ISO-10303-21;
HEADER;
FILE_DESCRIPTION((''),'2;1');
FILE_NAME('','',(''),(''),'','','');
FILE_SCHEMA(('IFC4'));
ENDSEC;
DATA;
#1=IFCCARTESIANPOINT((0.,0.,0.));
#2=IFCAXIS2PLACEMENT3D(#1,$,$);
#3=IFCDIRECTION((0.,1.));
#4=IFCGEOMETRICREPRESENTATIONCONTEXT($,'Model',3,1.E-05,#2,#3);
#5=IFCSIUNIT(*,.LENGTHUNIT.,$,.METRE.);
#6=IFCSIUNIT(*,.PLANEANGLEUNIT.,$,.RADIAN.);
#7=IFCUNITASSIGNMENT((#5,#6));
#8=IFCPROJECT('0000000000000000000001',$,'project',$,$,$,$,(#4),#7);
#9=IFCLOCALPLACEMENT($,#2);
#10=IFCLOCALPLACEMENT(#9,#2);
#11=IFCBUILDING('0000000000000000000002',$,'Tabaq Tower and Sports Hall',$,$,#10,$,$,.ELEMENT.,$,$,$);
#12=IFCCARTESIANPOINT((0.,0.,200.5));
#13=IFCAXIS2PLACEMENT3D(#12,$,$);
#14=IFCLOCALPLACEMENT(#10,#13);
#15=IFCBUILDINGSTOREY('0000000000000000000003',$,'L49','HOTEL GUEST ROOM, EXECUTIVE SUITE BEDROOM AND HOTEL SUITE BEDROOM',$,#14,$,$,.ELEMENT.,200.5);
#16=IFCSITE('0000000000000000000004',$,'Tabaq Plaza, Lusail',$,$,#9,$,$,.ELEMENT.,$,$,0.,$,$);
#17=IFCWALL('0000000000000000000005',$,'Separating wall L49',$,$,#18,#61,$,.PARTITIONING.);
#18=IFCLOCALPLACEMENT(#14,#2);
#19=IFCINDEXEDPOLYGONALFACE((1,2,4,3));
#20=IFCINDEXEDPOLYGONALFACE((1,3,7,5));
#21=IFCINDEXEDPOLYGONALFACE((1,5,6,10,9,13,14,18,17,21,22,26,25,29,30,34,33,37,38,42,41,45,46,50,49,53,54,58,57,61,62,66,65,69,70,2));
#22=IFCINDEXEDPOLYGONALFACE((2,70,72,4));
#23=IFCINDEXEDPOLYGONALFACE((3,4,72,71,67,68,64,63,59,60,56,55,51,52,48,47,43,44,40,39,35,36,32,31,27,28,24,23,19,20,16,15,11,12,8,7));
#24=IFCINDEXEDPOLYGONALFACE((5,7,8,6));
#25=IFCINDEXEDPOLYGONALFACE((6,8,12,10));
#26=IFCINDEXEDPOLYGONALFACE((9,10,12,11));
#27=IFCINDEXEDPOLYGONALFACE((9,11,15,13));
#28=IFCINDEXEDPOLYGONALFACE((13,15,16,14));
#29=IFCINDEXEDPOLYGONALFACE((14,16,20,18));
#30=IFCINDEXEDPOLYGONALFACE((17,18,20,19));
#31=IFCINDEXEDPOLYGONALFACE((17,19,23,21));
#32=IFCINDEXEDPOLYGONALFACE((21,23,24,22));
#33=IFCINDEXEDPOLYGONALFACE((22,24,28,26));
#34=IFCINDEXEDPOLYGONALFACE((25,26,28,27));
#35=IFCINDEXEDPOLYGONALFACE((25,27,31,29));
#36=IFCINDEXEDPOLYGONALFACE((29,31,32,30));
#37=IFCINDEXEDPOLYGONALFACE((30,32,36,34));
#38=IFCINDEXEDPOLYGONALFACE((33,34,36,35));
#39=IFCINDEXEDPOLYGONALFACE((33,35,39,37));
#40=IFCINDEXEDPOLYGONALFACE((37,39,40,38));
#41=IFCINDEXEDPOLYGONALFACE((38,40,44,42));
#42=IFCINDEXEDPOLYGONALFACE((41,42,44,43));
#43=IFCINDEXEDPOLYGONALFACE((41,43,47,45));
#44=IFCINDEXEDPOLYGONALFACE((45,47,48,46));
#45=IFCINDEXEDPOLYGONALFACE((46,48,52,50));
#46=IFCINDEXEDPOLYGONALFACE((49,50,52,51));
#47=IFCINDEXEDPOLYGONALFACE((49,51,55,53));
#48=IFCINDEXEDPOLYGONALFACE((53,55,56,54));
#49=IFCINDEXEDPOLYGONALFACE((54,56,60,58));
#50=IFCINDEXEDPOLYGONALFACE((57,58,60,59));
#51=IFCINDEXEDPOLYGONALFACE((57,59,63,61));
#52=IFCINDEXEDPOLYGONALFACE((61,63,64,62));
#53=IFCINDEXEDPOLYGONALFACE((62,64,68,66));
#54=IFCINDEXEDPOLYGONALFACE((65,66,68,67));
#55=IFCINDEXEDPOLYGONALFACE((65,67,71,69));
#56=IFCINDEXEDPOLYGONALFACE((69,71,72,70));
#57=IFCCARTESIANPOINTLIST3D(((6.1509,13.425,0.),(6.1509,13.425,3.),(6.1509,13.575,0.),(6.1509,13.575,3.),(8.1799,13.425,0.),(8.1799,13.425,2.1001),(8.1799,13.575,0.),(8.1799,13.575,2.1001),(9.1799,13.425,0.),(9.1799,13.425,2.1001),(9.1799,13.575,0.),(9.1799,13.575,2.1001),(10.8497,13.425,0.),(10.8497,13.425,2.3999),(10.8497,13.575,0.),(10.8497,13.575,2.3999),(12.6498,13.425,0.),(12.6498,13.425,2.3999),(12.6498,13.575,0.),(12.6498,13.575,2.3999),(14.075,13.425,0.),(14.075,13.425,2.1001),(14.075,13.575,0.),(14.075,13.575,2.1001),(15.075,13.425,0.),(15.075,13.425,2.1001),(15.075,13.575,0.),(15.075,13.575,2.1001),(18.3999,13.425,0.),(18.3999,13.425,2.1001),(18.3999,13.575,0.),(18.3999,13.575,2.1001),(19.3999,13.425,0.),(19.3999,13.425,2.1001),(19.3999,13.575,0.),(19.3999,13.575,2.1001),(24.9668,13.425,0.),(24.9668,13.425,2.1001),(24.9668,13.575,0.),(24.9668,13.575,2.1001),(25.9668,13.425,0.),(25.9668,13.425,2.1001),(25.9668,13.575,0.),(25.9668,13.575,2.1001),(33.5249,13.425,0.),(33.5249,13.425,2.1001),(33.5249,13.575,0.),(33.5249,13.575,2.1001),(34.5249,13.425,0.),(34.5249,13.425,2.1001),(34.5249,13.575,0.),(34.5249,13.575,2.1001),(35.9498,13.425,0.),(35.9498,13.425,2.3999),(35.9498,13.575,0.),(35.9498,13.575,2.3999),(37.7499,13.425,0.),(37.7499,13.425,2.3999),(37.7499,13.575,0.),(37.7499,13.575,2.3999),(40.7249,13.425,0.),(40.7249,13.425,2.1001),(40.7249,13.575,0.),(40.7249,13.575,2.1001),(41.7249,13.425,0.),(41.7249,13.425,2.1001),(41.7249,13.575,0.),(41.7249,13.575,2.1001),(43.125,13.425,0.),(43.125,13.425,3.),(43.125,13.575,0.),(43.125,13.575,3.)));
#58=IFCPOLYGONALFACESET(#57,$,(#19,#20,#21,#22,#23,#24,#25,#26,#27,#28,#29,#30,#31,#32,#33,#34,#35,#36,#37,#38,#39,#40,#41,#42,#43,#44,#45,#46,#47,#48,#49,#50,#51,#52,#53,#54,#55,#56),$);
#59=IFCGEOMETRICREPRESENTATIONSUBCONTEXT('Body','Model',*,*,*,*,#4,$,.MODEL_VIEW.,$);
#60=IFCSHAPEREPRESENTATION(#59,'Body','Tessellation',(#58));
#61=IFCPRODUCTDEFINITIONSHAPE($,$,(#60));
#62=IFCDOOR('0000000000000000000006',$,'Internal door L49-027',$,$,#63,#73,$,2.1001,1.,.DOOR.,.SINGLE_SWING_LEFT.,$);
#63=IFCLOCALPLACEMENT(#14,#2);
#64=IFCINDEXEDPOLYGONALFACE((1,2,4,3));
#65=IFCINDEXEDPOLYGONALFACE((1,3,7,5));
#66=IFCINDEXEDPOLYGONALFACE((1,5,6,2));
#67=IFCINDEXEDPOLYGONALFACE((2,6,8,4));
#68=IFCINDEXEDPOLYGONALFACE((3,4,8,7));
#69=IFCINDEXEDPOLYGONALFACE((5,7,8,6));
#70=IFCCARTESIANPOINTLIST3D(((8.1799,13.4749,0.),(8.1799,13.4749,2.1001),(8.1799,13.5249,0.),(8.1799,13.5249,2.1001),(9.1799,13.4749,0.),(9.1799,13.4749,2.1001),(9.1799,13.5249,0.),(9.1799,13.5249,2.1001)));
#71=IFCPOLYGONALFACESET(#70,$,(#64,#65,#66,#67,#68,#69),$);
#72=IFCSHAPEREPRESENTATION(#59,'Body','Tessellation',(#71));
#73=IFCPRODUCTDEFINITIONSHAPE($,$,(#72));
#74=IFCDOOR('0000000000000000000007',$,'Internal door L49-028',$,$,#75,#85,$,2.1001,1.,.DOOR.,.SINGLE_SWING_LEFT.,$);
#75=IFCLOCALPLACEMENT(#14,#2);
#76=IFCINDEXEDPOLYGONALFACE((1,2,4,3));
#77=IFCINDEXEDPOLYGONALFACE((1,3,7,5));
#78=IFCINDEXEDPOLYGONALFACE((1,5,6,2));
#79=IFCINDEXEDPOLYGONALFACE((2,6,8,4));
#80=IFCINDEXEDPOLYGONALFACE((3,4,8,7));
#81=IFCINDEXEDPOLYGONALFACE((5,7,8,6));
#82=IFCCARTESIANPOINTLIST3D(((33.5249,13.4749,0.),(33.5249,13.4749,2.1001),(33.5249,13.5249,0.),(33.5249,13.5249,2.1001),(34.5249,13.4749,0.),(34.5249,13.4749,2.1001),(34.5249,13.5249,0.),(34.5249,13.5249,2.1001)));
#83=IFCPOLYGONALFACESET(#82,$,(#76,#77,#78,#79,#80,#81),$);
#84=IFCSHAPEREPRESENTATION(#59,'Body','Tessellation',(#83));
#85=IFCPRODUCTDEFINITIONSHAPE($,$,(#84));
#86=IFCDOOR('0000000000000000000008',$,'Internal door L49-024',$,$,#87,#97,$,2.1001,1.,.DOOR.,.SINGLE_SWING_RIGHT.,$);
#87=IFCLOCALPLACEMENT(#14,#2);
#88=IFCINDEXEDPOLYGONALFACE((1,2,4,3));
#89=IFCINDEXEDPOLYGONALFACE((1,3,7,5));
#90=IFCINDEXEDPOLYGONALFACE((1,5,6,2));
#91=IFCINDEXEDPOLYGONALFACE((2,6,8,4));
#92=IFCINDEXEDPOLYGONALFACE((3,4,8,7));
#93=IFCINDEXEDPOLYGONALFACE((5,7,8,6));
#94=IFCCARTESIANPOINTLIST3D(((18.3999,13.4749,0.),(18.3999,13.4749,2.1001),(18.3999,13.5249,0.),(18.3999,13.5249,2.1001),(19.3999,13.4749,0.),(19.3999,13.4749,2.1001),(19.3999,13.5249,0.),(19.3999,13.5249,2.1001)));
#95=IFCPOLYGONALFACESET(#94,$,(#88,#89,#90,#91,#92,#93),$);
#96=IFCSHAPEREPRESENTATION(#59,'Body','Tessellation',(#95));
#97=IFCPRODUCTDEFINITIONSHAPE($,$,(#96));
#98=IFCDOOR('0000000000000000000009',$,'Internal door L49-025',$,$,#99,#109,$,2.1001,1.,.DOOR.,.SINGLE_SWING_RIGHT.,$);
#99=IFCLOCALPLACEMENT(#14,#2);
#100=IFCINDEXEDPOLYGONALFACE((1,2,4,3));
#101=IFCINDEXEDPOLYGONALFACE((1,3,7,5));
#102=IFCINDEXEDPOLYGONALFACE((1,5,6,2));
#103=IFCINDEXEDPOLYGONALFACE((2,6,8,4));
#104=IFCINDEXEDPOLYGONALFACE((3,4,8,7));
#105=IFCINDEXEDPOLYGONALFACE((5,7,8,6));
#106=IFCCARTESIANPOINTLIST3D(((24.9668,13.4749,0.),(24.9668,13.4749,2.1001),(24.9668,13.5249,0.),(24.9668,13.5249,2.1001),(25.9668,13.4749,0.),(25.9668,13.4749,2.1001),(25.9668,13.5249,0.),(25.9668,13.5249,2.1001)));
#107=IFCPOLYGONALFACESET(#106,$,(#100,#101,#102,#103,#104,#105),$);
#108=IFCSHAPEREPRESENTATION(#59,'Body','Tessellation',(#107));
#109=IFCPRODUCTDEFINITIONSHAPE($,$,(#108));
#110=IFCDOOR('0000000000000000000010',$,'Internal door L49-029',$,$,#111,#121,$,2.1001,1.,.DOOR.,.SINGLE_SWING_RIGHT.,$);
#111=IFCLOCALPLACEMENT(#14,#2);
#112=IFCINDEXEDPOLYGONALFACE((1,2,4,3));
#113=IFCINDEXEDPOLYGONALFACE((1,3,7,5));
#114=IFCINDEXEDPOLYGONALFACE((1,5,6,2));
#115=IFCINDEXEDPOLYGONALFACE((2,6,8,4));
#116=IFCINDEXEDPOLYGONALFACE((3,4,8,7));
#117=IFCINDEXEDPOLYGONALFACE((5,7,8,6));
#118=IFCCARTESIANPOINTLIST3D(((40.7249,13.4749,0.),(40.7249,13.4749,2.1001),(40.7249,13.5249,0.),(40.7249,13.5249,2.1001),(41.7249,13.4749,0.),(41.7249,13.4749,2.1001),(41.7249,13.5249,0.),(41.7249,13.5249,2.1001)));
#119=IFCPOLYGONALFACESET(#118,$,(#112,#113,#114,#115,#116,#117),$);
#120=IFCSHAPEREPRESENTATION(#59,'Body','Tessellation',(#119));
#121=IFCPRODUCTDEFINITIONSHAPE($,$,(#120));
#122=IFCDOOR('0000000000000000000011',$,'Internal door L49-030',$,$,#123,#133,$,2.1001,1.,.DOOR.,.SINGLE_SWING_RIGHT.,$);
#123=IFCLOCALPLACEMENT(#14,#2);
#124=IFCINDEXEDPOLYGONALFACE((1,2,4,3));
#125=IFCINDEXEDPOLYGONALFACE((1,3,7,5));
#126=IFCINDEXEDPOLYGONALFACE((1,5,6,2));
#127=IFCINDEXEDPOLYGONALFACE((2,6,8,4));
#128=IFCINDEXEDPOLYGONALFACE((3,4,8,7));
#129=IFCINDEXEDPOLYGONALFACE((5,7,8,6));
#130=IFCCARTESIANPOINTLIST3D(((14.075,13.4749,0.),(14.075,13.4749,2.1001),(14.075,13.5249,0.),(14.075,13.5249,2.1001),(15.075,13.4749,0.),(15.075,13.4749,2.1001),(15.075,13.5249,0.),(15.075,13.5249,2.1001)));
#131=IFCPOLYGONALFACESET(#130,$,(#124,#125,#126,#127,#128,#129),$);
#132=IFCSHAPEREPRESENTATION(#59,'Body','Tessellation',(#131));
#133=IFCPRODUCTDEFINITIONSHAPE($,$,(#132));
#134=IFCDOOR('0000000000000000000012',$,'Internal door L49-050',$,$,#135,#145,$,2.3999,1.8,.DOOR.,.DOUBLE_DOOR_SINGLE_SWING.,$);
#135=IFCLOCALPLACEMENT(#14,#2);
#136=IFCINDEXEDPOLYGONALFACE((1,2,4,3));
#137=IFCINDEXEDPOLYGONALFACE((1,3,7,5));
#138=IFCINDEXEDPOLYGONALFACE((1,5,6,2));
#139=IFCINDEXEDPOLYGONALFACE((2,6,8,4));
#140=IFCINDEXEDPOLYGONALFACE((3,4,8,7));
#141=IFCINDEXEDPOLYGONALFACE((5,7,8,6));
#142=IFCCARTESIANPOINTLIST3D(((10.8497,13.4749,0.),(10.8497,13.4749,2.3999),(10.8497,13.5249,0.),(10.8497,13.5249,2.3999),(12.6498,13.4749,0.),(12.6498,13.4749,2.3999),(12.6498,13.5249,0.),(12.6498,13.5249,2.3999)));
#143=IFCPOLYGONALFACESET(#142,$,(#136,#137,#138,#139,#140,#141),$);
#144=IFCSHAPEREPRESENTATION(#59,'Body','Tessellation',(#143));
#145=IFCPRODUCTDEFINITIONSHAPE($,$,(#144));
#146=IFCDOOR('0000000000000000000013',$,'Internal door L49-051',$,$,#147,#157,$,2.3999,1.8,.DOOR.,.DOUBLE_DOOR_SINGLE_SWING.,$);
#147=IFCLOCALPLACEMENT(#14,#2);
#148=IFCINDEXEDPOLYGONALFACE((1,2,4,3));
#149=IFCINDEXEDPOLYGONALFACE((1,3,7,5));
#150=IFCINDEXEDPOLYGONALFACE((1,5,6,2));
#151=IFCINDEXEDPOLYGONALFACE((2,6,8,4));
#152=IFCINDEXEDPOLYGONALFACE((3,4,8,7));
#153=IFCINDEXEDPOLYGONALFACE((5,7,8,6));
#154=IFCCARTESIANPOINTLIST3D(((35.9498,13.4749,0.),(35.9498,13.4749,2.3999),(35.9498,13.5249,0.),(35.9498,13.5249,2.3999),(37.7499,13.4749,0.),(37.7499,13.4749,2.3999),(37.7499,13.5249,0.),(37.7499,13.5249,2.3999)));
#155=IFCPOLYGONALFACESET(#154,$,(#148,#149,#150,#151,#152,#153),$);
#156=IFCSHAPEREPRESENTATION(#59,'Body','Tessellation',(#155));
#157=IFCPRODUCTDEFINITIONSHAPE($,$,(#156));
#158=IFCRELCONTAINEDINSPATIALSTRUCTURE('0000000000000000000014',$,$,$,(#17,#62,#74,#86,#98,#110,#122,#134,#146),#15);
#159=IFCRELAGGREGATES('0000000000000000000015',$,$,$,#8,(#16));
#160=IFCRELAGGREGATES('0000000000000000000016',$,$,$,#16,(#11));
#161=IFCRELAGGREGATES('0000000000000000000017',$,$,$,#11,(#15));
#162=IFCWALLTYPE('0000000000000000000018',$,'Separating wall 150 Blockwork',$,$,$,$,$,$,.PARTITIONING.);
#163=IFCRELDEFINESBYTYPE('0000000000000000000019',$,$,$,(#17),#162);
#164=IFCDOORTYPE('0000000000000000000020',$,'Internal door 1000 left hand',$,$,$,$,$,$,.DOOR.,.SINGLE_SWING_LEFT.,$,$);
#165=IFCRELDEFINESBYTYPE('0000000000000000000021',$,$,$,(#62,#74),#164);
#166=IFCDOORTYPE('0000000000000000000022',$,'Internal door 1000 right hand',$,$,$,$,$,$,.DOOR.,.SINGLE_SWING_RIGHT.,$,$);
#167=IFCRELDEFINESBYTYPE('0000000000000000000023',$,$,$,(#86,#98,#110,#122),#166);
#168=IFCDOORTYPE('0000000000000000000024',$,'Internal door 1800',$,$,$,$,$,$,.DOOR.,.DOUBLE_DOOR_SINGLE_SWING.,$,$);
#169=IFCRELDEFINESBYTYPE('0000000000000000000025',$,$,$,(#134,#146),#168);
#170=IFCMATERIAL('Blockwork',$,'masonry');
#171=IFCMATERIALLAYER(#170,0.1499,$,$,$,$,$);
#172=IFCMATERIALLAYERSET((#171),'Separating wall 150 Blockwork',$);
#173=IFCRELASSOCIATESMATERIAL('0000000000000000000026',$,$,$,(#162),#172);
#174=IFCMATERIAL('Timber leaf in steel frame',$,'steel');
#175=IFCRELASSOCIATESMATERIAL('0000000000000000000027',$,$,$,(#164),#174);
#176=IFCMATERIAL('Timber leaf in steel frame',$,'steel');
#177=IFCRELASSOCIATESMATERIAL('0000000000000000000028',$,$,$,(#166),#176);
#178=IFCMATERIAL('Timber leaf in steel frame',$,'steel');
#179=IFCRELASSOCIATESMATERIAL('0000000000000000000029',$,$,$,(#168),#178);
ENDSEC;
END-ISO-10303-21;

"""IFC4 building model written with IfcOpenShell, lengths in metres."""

from ifc_helpers import new_model, si_unit, direction, frame, frame_2d, origin, place, context, subcontext, project, spatial, rectangle, extrude, material, layer, layer_set, type_object, element, fill, save


model = new_model("IFC4")

# Units and contexts
model_context = context("Model", 3, precision=1e-05, world=origin(), true_north=direction((0.0, 1.0)))
body_context = subcontext(model_context, "Body", "Model", "MODEL_VIEW")
ifc_project = project(units=[si_unit("LENGTHUNIT", "METRE"), si_unit("PLANEANGLEUNIT", "RADIAN")], contexts=[model_context])

# Site, building, storey
site_placement = place(None, origin())
site = spatial("IfcSite", under=ifc_project, at=site_placement, Name="Tabaq Plaza, Lusail", CompositionType="ELEMENT", RefElevation=0.0)
building_placement = place(site_placement, origin())
building = spatial("IfcBuilding", under=site, at=building_placement, Name="Tabaq Tower and Sports Hall", CompositionType="ELEMENT")
storey_placement = place(building_placement, frame((0.0, 0.0, 200.5)))
storey = spatial("IfcBuildingStorey", under=building, at=storey_placement, Name="L49", Description="HOTEL GUEST ROOM, EXECUTIVE SUITE BEDROOM AND HOTEL SUITE BEDROOM", CompositionType="ELEMENT", Elevation=200.5)

# Wall, openings, doors
ifc_material_1 = material(Name="Blockwork", Category="masonry")
ifc_layer_1 = layer(ifc_material_1, 0.1499)
ifc_layer_set_1 = layer_set([ifc_layer_1], Name="Separating wall 150 Blockwork")
wall_type_1 = type_object("IfcWallType", Name="Separating wall 150 Blockwork", PredefinedType="PARTITIONING", material=ifc_layer_set_1)
wall_1_placement = place(storey_placement, frame((6.1509, 13.5, 0.0), z_axis=(0.0, 0.0, 1.0), x_axis=(1.0, 0.0, 0.0)))
wall_1 = element("IfcWall", 1, at=wall_1_placement, inside=storey, type_object=wall_type_1, Name="Separating wall L49", PredefinedType="PARTITIONING", context=body_context, shape_type="SweptSolid", body=[
    extrude(rectangle(XDim=36.9741, YDim=0.1499, at=frame_2d((18.4871, 0.0))), origin(), (0.0, 0.0, 1.0), 3.0),
])
opening_1_placement = place(wall_1_placement, frame((12.249, 0.0, 0.0)))
opening_1 = element("IfcOpeningElement", 2, at=opening_1_placement, cuts=wall_1, PredefinedType="OPENING", context=body_context, shape_type="SweptSolid", body=[
    extrude(rectangle(XDim=1.0, YDim=2.1001, at=frame_2d((0.5, 1.05))), frame((0.0, 0.075, 0.0), z_axis=(0.0, -1.0, 0.0), x_axis=(1.0, 0.0, 0.0)), (0.0, 0.0, 1.0), 0.1499),
])
opening_2_placement = place(wall_1_placement, frame((18.8159, 0.0, 0.0)))
opening_2 = element("IfcOpeningElement", 3, at=opening_2_placement, cuts=wall_1, PredefinedType="OPENING", context=body_context, shape_type="SweptSolid", body=[
    extrude(rectangle(XDim=1.0, YDim=2.1001, at=frame_2d((0.5, 1.05))), frame((0.0, 0.075, 0.0), z_axis=(0.0, -1.0, 0.0), x_axis=(1.0, 0.0, 0.0)), (0.0, 0.0, 1.0), 0.1499),
])
opening_3_placement = place(wall_1_placement, frame((2.0291, 0.0, 0.0)))
opening_3 = element("IfcOpeningElement", 4, at=opening_3_placement, cuts=wall_1, PredefinedType="OPENING", context=body_context, shape_type="SweptSolid", body=[
    extrude(rectangle(XDim=1.0, YDim=2.1001, at=frame_2d((0.5, 1.05))), frame((0.0, 0.075, 0.0), z_axis=(0.0, -1.0, 0.0), x_axis=(1.0, 0.0, 0.0)), (0.0, 0.0, 1.0), 0.1499),
])
opening_4_placement = place(wall_1_placement, frame((27.374, 0.0, 0.0)))
opening_4 = element("IfcOpeningElement", 5, at=opening_4_placement, cuts=wall_1, PredefinedType="OPENING", context=body_context, shape_type="SweptSolid", body=[
    extrude(rectangle(XDim=1.0, YDim=2.1001, at=frame_2d((0.5, 1.05))), frame((0.0, 0.075, 0.0), z_axis=(0.0, -1.0, 0.0), x_axis=(1.0, 0.0, 0.0)), (0.0, 0.0, 1.0), 0.1499),
])
opening_5_placement = place(wall_1_placement, frame((34.574, 0.0, 0.0)))
opening_5 = element("IfcOpeningElement", 6, at=opening_5_placement, cuts=wall_1, PredefinedType="OPENING", context=body_context, shape_type="SweptSolid", body=[
    extrude(rectangle(XDim=1.0, YDim=2.1001, at=frame_2d((0.5, 1.05))), frame((0.0, 0.075, 0.0), z_axis=(0.0, -1.0, 0.0), x_axis=(1.0, 0.0, 0.0)), (0.0, 0.0, 1.0), 0.1499),
])
opening_6_placement = place(wall_1_placement, frame((7.9241, 0.0, 0.0)))
opening_6 = element("IfcOpeningElement", 7, at=opening_6_placement, cuts=wall_1, PredefinedType="OPENING", context=body_context, shape_type="SweptSolid", body=[
    extrude(rectangle(XDim=1.0, YDim=2.1001, at=frame_2d((0.5, 1.05))), frame((0.0, 0.075, 0.0), z_axis=(0.0, -1.0, 0.0), x_axis=(1.0, 0.0, 0.0)), (0.0, 0.0, 1.0), 0.1499),
])
opening_7_placement = place(wall_1_placement, frame((4.699, 0.0, 0.0)))
opening_7 = element("IfcOpeningElement", 8, at=opening_7_placement, cuts=wall_1, PredefinedType="OPENING", context=body_context, shape_type="SweptSolid", body=[
    extrude(rectangle(XDim=1.8, YDim=2.3999, at=frame_2d((0.8999, 1.2))), frame((0.0, 0.075, 0.0), z_axis=(0.0, -1.0, 0.0), x_axis=(1.0, 0.0, 0.0)), (0.0, 0.0, 1.0), 0.1499),
])
opening_8_placement = place(wall_1_placement, frame((29.7991, 0.0, 0.0)))
opening_8 = element("IfcOpeningElement", 9, at=opening_8_placement, cuts=wall_1, PredefinedType="OPENING", context=body_context, shape_type="SweptSolid", body=[
    extrude(rectangle(XDim=1.8, YDim=2.3999, at=frame_2d((0.8999, 1.2))), frame((0.0, 0.075, 0.0), z_axis=(0.0, -1.0, 0.0), x_axis=(1.0, 0.0, 0.0)), (0.0, 0.0, 1.0), 0.1499),
])
ifc_material_2 = material(Name="Timber leaf in steel frame", Category="steel")
door_type_1 = type_object("IfcDoorType", Name="Internal door 1000 left hand", OperationType="SINGLE_SWING_LEFT", PredefinedType="DOOR", material=ifc_material_2)
door_1_placement = place(opening_3_placement, origin())
door_1 = element("IfcDoor", 10, at=door_1_placement, inside=storey, type_object=door_type_1, Name="Internal door L49-027", OperationType="SINGLE_SWING_LEFT", OverallHeight=2.1001, OverallWidth=1.0, PredefinedType="DOOR", context=body_context, shape_type="SweptSolid", body=[
    extrude(rectangle(XDim=1.0, YDim=2.1001, at=frame_2d((0.5, 1.05))), frame((0.0, 0.0249, 0.0), z_axis=(0.0, -1.0, 0.0), x_axis=(1.0, 0.0, 0.0)), (0.0, 0.0, 1.0), 0.05),
])
fill(opening_3, door_1)
door_2_placement = place(opening_4_placement, origin())
door_2 = element("IfcDoor", 11, at=door_2_placement, inside=storey, type_object=door_type_1, Name="Internal door L49-028", OperationType="SINGLE_SWING_LEFT", OverallHeight=2.1001, OverallWidth=1.0, PredefinedType="DOOR", context=body_context, shape_type="SweptSolid", body=[
    extrude(rectangle(XDim=1.0, YDim=2.1001, at=frame_2d((0.5, 1.05))), frame((0.0, 0.0249, 0.0), z_axis=(0.0, -1.0, 0.0), x_axis=(1.0, 0.0, 0.0)), (0.0, 0.0, 1.0), 0.05),
])
fill(opening_4, door_2)
ifc_material_3 = material(Name="Timber leaf in steel frame", Category="steel")
door_type_2 = type_object("IfcDoorType", Name="Internal door 1000 right hand", OperationType="SINGLE_SWING_RIGHT", PredefinedType="DOOR", material=ifc_material_3)
door_3_placement = place(opening_1_placement, origin())
door_3 = element("IfcDoor", 12, at=door_3_placement, inside=storey, type_object=door_type_2, Name="Internal door L49-024", OperationType="SINGLE_SWING_RIGHT", OverallHeight=2.1001, OverallWidth=1.0, PredefinedType="DOOR", context=body_context, shape_type="SweptSolid", body=[
    extrude(rectangle(XDim=1.0, YDim=2.1001, at=frame_2d((0.5, 1.05))), frame((0.0, 0.0249, 0.0), z_axis=(0.0, -1.0, 0.0), x_axis=(1.0, 0.0, 0.0)), (0.0, 0.0, 1.0), 0.05),
])
fill(opening_1, door_3)
door_4_placement = place(opening_2_placement, origin())
door_4 = element("IfcDoor", 13, at=door_4_placement, inside=storey, type_object=door_type_2, Name="Internal door L49-025", OperationType="SINGLE_SWING_RIGHT", OverallHeight=2.1001, OverallWidth=1.0, PredefinedType="DOOR", context=body_context, shape_type="SweptSolid", body=[
    extrude(rectangle(XDim=1.0, YDim=2.1001, at=frame_2d((0.5, 1.05))), frame((0.0, 0.0249, 0.0), z_axis=(0.0, -1.0, 0.0), x_axis=(1.0, 0.0, 0.0)), (0.0, 0.0, 1.0), 0.05),
])
fill(opening_2, door_4)
door_5_placement = place(opening_5_placement, origin())
door_5 = element("IfcDoor", 14, at=door_5_placement, inside=storey, type_object=door_type_2, Name="Internal door L49-029", OperationType="SINGLE_SWING_RIGHT", OverallHeight=2.1001, OverallWidth=1.0, PredefinedType="DOOR", context=body_context, shape_type="SweptSolid", body=[
    extrude(rectangle(XDim=1.0, YDim=2.1001, at=frame_2d((0.5, 1.05))), frame((0.0, 0.0249, 0.0), z_axis=(0.0, -1.0, 0.0), x_axis=(1.0, 0.0, 0.0)), (0.0, 0.0, 1.0), 0.05),
])
fill(opening_5, door_5)
door_6_placement = place(opening_6_placement, origin())
door_6 = element("IfcDoor", 15, at=door_6_placement, inside=storey, type_object=door_type_2, Name="Internal door L49-030", OperationType="SINGLE_SWING_RIGHT", OverallHeight=2.1001, OverallWidth=1.0, PredefinedType="DOOR", context=body_context, shape_type="SweptSolid", body=[
    extrude(rectangle(XDim=1.0, YDim=2.1001, at=frame_2d((0.5, 1.05))), frame((0.0, 0.0249, 0.0), z_axis=(0.0, -1.0, 0.0), x_axis=(1.0, 0.0, 0.0)), (0.0, 0.0, 1.0), 0.05),
])
fill(opening_6, door_6)
ifc_material_4 = material(Name="Timber leaf in steel frame", Category="steel")
door_type_3 = type_object("IfcDoorType", Name="Internal door 1800", OperationType="DOUBLE_DOOR_SINGLE_SWING", PredefinedType="DOOR", material=ifc_material_4)
door_7_placement = place(opening_7_placement, origin())
door_7 = element("IfcDoor", 16, at=door_7_placement, inside=storey, type_object=door_type_3, Name="Internal door L49-050", OperationType="DOUBLE_DOOR_SINGLE_SWING", OverallHeight=2.3999, OverallWidth=1.8, PredefinedType="DOOR", context=body_context, shape_type="SweptSolid", body=[
    extrude(rectangle(XDim=1.8, YDim=2.3999, at=frame_2d((0.8999, 1.2))), frame((0.0, 0.0249, 0.0), z_axis=(0.0, -1.0, 0.0), x_axis=(1.0, 0.0, 0.0)), (0.0, 0.0, 1.0), 0.05),
])
fill(opening_7, door_7)
door_8_placement = place(opening_8_placement, origin())
door_8 = element("IfcDoor", 17, at=door_8_placement, inside=storey, type_object=door_type_3, Name="Internal door L49-051", OperationType="DOUBLE_DOOR_SINGLE_SWING", OverallHeight=2.3999, OverallWidth=1.8, PredefinedType="DOOR", context=body_context, shape_type="SweptSolid", body=[
    extrude(rectangle(XDim=1.8, YDim=2.3999, at=frame_2d((0.8999, 1.2))), frame((0.0, 0.0249, 0.0), z_axis=(0.0, -1.0, 0.0), x_axis=(1.0, 0.0, 0.0)), (0.0, 0.0, 1.0), 0.05),
])
fill(opening_8, door_8)

save(model, "model.ifc")
